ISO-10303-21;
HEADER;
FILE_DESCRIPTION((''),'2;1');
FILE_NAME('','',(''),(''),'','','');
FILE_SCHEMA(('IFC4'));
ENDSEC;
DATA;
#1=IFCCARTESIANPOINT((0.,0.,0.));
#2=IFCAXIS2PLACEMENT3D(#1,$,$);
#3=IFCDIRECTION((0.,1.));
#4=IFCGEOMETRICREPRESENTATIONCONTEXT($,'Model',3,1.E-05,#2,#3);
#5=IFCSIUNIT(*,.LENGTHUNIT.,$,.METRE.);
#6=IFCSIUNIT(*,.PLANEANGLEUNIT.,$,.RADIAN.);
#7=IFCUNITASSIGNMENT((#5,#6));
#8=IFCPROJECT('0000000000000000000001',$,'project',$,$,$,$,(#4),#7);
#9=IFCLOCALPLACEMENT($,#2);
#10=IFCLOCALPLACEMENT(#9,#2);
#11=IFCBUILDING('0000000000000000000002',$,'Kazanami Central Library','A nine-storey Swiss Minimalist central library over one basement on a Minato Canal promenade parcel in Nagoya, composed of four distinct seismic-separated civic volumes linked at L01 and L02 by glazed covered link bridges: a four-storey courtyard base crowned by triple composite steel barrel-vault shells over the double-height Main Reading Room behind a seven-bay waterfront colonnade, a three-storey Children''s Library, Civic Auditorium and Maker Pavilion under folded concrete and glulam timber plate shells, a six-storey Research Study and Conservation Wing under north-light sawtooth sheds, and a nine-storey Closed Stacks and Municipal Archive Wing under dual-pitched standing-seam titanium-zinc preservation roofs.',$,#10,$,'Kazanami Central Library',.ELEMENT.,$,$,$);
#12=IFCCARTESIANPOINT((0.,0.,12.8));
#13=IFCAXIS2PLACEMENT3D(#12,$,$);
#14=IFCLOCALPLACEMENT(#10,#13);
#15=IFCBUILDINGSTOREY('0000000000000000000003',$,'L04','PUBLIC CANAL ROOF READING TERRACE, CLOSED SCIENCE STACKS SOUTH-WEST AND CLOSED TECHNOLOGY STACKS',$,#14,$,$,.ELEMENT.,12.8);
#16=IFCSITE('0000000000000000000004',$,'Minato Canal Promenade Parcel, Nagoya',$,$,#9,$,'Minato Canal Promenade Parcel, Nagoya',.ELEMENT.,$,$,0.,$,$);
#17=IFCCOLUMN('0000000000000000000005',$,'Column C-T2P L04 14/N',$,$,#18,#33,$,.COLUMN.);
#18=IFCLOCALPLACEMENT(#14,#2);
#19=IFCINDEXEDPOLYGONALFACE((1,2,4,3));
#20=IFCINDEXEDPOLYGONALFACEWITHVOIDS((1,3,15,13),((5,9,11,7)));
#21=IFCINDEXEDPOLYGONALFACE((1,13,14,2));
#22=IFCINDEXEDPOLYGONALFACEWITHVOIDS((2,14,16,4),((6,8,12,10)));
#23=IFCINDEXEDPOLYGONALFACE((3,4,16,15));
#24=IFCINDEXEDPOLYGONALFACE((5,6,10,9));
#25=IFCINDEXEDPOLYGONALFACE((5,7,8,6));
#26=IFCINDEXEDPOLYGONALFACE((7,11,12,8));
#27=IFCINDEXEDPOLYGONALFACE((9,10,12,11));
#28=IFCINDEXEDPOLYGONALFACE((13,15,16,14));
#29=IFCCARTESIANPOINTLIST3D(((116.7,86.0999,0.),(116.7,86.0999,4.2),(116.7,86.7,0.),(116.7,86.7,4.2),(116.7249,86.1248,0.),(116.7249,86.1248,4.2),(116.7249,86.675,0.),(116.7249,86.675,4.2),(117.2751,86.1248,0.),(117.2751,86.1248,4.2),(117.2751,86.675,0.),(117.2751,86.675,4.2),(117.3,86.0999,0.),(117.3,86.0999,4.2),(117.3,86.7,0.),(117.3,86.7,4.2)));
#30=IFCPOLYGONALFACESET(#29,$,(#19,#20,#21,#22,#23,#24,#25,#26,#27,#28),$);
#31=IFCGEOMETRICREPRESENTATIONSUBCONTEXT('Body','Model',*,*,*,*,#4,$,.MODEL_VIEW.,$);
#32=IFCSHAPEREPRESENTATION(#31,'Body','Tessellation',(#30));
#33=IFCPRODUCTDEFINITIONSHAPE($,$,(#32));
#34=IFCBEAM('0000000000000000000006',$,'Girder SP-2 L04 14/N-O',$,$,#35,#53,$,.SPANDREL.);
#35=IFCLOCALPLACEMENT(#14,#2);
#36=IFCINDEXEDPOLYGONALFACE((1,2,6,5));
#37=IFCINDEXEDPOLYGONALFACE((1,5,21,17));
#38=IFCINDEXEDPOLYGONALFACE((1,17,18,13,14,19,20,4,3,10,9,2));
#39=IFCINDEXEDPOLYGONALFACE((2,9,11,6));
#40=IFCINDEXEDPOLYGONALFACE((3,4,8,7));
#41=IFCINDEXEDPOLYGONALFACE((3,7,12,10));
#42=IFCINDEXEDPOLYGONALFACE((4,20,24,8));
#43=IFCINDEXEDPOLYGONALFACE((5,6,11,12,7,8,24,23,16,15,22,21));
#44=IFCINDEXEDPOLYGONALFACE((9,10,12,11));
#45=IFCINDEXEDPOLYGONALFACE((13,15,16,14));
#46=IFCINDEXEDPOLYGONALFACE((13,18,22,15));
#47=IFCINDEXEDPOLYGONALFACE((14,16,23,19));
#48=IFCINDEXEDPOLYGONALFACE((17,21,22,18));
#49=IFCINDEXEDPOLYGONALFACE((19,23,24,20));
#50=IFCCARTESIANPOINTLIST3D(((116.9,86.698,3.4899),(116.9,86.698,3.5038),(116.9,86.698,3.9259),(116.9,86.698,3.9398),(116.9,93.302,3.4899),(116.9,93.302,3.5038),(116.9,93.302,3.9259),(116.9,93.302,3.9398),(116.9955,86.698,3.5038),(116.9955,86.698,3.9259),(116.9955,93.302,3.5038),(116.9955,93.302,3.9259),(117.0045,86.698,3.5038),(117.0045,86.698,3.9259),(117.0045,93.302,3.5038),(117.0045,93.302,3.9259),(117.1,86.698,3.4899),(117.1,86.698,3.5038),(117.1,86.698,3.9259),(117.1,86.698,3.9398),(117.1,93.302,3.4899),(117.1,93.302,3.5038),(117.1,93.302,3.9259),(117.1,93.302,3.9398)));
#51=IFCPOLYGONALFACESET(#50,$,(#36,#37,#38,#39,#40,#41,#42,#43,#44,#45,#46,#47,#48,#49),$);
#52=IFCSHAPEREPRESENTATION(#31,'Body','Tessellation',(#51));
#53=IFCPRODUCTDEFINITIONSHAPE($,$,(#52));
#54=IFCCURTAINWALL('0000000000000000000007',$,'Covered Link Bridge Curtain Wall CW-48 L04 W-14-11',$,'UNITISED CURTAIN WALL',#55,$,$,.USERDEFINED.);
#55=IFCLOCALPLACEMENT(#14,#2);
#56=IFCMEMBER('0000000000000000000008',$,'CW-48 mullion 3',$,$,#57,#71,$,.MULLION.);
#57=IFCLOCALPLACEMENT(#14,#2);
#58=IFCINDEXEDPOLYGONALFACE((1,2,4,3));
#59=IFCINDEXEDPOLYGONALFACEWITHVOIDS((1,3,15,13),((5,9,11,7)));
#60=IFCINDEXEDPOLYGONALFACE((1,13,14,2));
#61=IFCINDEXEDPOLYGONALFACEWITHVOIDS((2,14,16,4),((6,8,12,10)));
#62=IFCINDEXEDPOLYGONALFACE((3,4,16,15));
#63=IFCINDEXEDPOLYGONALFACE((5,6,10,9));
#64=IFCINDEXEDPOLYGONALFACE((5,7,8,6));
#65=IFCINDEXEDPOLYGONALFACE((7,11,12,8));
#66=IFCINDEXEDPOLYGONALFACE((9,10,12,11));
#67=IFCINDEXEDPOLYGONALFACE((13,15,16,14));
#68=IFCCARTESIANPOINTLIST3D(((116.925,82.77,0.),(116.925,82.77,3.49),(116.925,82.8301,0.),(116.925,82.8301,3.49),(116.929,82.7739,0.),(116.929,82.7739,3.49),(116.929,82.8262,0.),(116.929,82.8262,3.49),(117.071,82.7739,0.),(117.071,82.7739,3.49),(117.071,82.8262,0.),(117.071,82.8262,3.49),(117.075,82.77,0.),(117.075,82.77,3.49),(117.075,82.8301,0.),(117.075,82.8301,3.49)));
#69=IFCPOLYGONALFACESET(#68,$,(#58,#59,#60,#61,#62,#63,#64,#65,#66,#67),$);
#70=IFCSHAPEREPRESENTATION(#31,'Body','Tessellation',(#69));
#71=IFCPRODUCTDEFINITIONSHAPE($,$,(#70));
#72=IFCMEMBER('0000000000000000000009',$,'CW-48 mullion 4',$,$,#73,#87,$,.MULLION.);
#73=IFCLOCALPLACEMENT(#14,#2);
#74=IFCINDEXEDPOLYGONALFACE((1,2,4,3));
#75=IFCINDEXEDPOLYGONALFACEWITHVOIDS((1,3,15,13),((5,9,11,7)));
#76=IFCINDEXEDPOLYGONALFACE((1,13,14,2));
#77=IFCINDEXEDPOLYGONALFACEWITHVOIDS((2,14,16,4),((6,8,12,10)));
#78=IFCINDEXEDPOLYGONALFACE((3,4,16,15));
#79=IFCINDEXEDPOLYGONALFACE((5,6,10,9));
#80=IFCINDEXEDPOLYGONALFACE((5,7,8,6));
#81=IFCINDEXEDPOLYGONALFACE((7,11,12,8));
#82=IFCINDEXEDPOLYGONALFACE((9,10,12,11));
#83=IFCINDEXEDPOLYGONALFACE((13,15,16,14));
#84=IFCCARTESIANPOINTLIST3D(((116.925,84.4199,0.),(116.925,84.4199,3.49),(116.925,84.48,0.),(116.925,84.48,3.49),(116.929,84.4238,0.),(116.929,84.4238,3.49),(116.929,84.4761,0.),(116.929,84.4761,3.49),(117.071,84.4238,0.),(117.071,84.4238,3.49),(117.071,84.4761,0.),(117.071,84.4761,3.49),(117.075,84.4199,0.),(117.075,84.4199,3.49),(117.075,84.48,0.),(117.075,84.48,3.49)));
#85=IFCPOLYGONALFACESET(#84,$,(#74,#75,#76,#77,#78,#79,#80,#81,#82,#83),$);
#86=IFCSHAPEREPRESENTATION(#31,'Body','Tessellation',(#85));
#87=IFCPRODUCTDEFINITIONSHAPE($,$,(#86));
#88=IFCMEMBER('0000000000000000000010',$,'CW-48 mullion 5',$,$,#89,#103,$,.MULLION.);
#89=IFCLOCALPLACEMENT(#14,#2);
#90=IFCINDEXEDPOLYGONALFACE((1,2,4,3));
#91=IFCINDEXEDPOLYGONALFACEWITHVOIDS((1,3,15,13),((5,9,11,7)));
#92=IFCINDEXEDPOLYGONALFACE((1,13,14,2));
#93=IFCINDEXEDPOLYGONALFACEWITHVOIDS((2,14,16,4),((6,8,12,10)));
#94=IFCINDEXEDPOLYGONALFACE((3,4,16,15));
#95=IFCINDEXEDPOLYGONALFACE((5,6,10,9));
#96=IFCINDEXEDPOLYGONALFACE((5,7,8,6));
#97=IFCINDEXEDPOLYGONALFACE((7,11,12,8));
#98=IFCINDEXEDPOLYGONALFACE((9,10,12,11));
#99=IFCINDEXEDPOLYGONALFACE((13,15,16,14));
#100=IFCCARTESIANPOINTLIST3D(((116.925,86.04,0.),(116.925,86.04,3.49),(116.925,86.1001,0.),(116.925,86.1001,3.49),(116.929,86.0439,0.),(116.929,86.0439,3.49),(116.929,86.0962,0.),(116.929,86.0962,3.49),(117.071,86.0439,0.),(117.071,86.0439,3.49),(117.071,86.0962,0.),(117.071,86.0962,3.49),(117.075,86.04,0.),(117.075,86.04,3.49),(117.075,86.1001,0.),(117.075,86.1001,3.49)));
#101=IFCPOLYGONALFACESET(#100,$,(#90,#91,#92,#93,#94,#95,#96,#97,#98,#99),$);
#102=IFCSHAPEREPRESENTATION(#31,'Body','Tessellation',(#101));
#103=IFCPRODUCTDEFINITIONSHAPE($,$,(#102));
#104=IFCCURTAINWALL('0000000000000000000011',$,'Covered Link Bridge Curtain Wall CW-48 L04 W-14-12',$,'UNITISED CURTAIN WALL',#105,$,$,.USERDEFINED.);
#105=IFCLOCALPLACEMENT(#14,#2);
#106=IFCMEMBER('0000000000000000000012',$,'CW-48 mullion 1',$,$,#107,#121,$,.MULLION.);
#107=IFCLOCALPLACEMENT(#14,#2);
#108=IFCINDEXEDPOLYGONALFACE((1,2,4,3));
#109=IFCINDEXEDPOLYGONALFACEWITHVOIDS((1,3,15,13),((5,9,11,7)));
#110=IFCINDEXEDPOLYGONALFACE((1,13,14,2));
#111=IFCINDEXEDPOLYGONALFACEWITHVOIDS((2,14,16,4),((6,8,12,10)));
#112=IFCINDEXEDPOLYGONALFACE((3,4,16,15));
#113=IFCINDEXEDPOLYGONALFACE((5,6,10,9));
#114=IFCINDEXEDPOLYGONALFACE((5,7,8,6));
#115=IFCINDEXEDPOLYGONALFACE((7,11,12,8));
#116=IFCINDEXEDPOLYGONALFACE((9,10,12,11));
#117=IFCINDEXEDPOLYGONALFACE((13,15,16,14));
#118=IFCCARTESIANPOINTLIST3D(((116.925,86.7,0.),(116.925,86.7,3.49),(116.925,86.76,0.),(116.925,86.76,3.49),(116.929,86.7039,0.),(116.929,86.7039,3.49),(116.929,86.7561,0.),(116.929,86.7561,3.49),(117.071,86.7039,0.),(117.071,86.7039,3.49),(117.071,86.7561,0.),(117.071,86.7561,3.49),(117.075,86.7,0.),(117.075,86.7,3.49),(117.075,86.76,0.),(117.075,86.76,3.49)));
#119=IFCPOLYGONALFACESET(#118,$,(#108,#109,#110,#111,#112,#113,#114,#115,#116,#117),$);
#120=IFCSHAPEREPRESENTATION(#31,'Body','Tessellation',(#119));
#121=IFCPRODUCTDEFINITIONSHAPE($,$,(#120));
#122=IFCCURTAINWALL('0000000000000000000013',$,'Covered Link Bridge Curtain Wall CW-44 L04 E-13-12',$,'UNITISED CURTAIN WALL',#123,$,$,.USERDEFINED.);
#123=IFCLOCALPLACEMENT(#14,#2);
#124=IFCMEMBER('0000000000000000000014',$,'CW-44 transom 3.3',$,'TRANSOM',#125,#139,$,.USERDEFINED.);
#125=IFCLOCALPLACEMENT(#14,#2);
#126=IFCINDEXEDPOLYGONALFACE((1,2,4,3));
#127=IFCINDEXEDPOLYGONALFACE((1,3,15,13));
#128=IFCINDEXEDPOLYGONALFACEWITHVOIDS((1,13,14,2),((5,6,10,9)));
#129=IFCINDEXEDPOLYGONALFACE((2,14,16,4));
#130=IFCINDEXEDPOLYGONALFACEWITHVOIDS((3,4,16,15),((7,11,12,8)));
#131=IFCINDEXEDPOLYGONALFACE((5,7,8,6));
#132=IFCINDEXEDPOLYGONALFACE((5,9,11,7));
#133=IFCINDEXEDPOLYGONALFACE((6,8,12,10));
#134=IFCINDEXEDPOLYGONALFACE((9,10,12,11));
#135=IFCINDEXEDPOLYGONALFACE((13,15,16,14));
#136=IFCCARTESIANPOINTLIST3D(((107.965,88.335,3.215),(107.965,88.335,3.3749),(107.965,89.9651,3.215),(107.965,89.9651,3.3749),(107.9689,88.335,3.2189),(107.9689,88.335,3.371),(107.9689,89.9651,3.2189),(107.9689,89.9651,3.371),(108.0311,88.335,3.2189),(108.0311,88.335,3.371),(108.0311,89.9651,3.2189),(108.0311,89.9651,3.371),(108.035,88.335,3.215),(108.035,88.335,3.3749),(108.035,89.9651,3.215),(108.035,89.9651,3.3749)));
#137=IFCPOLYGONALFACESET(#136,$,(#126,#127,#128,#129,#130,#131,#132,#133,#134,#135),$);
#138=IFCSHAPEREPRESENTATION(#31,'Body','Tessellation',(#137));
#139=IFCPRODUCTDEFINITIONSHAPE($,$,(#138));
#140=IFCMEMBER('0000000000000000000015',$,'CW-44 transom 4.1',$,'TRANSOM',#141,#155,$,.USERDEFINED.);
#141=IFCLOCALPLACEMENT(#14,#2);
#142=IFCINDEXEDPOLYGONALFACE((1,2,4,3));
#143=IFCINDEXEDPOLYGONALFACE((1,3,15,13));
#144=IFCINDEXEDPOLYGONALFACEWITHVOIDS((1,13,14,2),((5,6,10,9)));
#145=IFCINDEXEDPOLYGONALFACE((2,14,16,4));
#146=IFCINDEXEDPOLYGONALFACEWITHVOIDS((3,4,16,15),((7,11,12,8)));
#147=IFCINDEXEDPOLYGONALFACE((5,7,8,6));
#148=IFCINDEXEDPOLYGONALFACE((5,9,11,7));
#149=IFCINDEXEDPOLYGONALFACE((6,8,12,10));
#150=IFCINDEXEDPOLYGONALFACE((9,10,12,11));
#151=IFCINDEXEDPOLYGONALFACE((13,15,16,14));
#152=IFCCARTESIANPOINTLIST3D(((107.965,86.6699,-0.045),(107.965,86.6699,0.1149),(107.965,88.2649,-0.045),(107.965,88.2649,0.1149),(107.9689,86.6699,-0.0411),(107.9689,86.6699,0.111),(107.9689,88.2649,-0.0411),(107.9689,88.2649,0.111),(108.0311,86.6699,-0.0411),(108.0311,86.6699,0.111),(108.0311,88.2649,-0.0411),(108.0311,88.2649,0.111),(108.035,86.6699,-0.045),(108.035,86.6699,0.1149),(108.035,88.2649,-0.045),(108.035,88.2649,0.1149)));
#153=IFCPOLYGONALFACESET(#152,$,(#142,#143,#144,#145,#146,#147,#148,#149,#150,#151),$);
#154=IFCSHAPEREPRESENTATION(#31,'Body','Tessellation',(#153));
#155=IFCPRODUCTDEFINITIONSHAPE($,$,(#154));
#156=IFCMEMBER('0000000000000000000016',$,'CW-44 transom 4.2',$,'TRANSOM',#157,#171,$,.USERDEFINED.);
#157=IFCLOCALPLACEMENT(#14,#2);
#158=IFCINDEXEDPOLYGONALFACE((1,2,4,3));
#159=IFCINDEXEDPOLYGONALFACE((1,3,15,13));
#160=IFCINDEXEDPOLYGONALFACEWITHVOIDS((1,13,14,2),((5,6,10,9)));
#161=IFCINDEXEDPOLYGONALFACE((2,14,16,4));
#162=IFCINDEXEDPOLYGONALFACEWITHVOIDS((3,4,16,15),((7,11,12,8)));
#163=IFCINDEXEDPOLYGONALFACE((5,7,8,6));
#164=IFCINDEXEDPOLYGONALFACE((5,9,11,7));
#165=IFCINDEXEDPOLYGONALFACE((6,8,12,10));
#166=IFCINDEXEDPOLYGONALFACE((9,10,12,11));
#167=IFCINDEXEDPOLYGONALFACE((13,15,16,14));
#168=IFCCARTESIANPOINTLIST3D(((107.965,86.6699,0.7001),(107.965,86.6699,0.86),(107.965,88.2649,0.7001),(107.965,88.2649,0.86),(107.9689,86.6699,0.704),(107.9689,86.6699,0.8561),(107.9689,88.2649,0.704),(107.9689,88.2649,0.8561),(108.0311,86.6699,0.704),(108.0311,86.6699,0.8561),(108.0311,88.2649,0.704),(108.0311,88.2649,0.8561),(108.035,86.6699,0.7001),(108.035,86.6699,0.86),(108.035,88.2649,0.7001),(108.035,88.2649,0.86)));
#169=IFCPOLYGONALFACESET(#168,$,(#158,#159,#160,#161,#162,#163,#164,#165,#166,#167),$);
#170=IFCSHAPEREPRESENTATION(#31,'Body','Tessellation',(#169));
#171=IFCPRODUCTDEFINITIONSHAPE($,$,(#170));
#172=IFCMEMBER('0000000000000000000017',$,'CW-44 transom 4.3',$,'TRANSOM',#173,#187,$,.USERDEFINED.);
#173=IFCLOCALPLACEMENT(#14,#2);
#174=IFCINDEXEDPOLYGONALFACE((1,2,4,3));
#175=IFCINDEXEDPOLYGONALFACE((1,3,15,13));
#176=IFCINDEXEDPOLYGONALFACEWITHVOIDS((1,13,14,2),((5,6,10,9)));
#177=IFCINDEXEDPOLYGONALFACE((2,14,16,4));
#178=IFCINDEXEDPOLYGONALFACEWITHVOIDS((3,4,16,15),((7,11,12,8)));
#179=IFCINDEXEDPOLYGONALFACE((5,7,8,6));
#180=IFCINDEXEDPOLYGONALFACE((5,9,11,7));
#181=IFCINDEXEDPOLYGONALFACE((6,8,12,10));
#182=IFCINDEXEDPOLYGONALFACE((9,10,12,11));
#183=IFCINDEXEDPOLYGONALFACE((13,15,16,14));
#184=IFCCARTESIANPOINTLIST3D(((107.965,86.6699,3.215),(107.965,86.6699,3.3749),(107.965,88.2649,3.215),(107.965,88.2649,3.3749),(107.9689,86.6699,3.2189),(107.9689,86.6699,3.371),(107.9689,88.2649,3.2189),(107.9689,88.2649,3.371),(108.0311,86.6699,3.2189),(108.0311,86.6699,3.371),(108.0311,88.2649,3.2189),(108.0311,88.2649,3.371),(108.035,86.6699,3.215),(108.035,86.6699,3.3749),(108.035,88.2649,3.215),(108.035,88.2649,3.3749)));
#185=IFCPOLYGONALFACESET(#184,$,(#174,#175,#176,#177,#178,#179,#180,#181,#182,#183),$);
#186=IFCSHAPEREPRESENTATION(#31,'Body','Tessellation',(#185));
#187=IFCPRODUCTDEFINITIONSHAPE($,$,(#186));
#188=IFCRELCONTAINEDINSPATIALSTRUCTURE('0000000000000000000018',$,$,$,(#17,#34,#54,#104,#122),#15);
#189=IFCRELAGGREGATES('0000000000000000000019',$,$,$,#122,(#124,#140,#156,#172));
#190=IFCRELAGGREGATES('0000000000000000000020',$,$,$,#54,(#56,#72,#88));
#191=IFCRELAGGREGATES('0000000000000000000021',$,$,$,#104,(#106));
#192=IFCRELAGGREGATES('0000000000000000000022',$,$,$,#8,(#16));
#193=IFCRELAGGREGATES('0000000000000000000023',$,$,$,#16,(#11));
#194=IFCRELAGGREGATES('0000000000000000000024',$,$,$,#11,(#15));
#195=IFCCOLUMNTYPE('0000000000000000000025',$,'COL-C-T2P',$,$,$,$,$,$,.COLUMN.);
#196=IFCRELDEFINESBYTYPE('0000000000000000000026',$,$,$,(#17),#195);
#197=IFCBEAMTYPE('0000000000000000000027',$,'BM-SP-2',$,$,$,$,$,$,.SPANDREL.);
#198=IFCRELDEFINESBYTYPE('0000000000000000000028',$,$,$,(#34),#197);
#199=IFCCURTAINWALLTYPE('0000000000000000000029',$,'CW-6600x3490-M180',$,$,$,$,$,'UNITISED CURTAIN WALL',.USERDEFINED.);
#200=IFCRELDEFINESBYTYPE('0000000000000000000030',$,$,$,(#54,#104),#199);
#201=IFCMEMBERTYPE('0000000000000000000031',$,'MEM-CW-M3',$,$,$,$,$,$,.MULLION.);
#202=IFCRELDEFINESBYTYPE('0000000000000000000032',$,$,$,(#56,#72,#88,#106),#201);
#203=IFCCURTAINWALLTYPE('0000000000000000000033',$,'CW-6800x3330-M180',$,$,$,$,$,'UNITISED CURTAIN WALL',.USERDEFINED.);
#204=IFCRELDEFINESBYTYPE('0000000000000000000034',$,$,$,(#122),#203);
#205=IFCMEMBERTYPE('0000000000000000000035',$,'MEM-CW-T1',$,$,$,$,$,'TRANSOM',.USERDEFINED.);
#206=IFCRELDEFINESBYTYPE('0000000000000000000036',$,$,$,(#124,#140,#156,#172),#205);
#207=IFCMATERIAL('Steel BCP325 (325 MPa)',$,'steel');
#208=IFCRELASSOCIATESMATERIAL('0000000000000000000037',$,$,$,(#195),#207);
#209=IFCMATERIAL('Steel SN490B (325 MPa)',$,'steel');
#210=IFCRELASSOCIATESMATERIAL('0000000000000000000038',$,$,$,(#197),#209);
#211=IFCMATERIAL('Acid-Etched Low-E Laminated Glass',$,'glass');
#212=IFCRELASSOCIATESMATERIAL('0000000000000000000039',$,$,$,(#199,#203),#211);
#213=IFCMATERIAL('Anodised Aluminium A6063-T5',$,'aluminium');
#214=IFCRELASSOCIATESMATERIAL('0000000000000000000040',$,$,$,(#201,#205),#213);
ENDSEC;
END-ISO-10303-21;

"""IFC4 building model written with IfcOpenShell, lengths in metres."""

from ifc_helpers import new_model, si_unit, direction, frame, origin, origin_2d, place, context, subcontext, project, spatial, hollow_rectangle, i_section, extrude, material, material_profile, profile_set, type_object, element, aggregate, save


model = new_model("IFC4")

# Units and contexts
model_context = context("Model", 3, precision=1e-05, world=origin(), true_north=direction((0.0, 1.0)))
body_context = subcontext(model_context, "Body", "Model", "MODEL_VIEW")
ifc_project = project(units=[si_unit("LENGTHUNIT", "METRE"), si_unit("PLANEANGLEUNIT", "RADIAN")], contexts=[model_context])

# Site, building, storey
site_placement = place(None, origin())
site = spatial("IfcSite", under=ifc_project, at=site_placement, Name="Minato Canal Promenade Parcel, Nagoya", LongName="Minato Canal Promenade Parcel, Nagoya", CompositionType="ELEMENT", RefElevation=0.0)
building_placement = place(site_placement, origin())
building = spatial("IfcBuilding", under=site, at=building_placement, Name="Kazanami Central Library", Description="A nine-storey Swiss Minimalist central library over one basement on a Minato Canal promenade parcel in Nagoya, composed of four distinct seismic-separated civic volumes linked at L01 and L02 by glazed covered link bridges: a four-storey courtyard base crowned by triple composite steel barrel-vault shells over the double-height Main Reading Room behind a seven-bay waterfront colonnade, a three-storey Children's Library, Civic Auditorium and Maker Pavilion under folded concrete and glulam timber plate shells, a six-storey Research Study and Conservation Wing under north-light sawtooth sheds, and a nine-storey Closed Stacks and Municipal Archive Wing under dual-pitched standing-seam titanium-zinc preservation roofs.", LongName="Kazanami Central Library", CompositionType="ELEMENT")
storey_placement = place(building_placement, frame((0.0, 0.0, 12.8)))
storey = spatial("IfcBuildingStorey", under=building, at=storey_placement, Name="L04", Description="PUBLIC CANAL ROOF READING TERRACE, CLOSED SCIENCE STACKS SOUTH-WEST AND CLOSED TECHNOLOGY STACKS", CompositionType="ELEMENT", Elevation=12.8)

# Column
ifc_material_1 = material(Name="Steel BCP325 (325 MPa)", Category="steel")
ifc_material_profile_1 = material_profile(ifc_material_1, hollow_rectangle(XDim=0.6001, YDim=0.6001, WallThickness=0.0249, at=origin_2d()), Name="BCP-600x600x25")
ifc_profile_set_1 = profile_set([ifc_material_profile_1], Name="Steel BCP325 (325 MPa)")
column_type = type_object("IfcColumnType", Name="COL-C-T2P", PredefinedType="COLUMN", material=ifc_profile_set_1)
column_placement = place(storey_placement, frame((117.0, 86.3999, 0.0), z_axis=(0.0, 0.0, 1.0), x_axis=(1.0, 0.0, 0.0)))
element("IfcColumn", 1, at=column_placement, inside=storey, type_object=column_type, Name="Column C-T2P L04 14/N", PredefinedType="COLUMN", context=body_context, shape_type="SweptSolid", body=[
    extrude(hollow_rectangle(XDim=0.6001, YDim=0.6001, WallThickness=0.0249, at=origin_2d()), origin(), (0.0, 0.0, 1.0), 4.2),
])

# Beam
ifc_material_2 = material(Name="Steel SN490B (325 MPa)", Category="steel")
ifc_material_profile_2 = material_profile(ifc_material_2, i_section(OverallWidth=0.2, OverallDepth=0.45, WebThickness=0.009, FlangeThickness=0.0139, at=origin_2d()), Name="H-450x200x9x14")
ifc_profile_set_2 = profile_set([ifc_material_profile_2], Name="Steel SN490B (325 MPa)")
beam_type = type_object("IfcBeamType", Name="BM-SP-2", PredefinedType="SPANDREL", material=ifc_profile_set_2)
beam_placement = place(storey_placement, frame((117.0, 86.698, 3.7148), z_axis=(0.0, 1.0, 0.0), x_axis=(-1.0, 0.0, 0.0)))
element("IfcBeam", 2, at=beam_placement, inside=storey, type_object=beam_type, Name="Girder SP-2 L04 14/N-O", PredefinedType="SPANDREL", context=body_context, shape_type="SweptSolid", body=[
    extrude(i_section(OverallWidth=0.2, OverallDepth=0.45, WebThickness=0.009, FlangeThickness=0.0139, at=origin_2d()), origin(), (0.0, 0.0, 1.0), 6.604),
])

# Curtain wall, members
ifc_material_3 = material(Name="Acid-Etched Low-E Laminated Glass", Category="glass")
curtain_wall_type_1 = type_object("IfcCurtainWallType", Name="CW-6600x3490-M180", ElementType="UNITISED CURTAIN WALL", PredefinedType="USERDEFINED", material=ifc_material_3)
curtain_wall_1_placement = place(storey_placement, origin())
curtain_wall_1 = element("IfcCurtainWall", 3, at=curtain_wall_1_placement, inside=storey, type_object=curtain_wall_type_1, Name="Covered Link Bridge Curtain Wall CW-48 L04 W-14-11", ObjectType="UNITISED CURTAIN WALL", PredefinedType="USERDEFINED")
ifc_material_4 = material(Name="Anodised Aluminium A6063-T5", Category="aluminium")
ifc_material_profile_3 = material_profile(ifc_material_4, hollow_rectangle(XDim=0.0601, YDim=0.1499, WallThickness=0.0039, at=origin_2d()), Name="ALU-MULL-60x150x4")
ifc_profile_set_3 = profile_set([ifc_material_profile_3], Name="Anodised Aluminium A6063-T5")
member_type_1 = type_object("IfcMemberType", Name="MEM-CW-M3", PredefinedType="MULLION", material=ifc_profile_set_3)
member_1_placement = place(storey_placement, frame((117.0, 82.8, 0.0), z_axis=(0.0, 0.0, 1.0), x_axis=(0.0, 1.0, 0.0)))
member_1 = element("IfcMember", 4, at=member_1_placement, type_object=member_type_1, Name="CW-48 mullion 3", PredefinedType="MULLION", context=body_context, shape_type="SweptSolid", body=[
    extrude(hollow_rectangle(XDim=0.0601, YDim=0.1499, WallThickness=0.0039, at=origin_2d()), origin(), (0.0, 0.0, 1.0), 3.49),
])
member_2_placement = place(storey_placement, frame((117.0, 84.45, 0.0), z_axis=(0.0, 0.0, 1.0), x_axis=(0.0, 1.0, 0.0)))
member_2 = element("IfcMember", 5, at=member_2_placement, type_object=member_type_1, Name="CW-48 mullion 4", PredefinedType="MULLION", context=body_context, shape_type="SweptSolid", body=[
    extrude(hollow_rectangle(XDim=0.0601, YDim=0.1499, WallThickness=0.0039, at=origin_2d()), origin(), (0.0, 0.0, 1.0), 3.49),
])
member_3_placement = place(storey_placement, frame((117.0, 86.0701, 0.0), z_axis=(0.0, 0.0, 1.0), x_axis=(0.0, 1.0, 0.0)))
member_3 = element("IfcMember", 6, at=member_3_placement, type_object=member_type_1, Name="CW-48 mullion 5", PredefinedType="MULLION", context=body_context, shape_type="SweptSolid", body=[
    extrude(hollow_rectangle(XDim=0.0601, YDim=0.1499, WallThickness=0.0039, at=origin_2d()), origin(), (0.0, 0.0, 1.0), 3.49),
])

# Curtain wall, member
curtain_wall_2_placement = place(storey_placement, origin())
curtain_wall_2 = element("IfcCurtainWall", 7, at=curtain_wall_2_placement, inside=storey, type_object=curtain_wall_type_1, Name="Covered Link Bridge Curtain Wall CW-48 L04 W-14-12", ObjectType="UNITISED CURTAIN WALL", PredefinedType="USERDEFINED")
member_4_placement = place(storey_placement, frame((117.0, 86.73, 0.0), z_axis=(0.0, 0.0, 1.0), x_axis=(0.0, 1.0, 0.0)))
member_4 = element("IfcMember", 8, at=member_4_placement, type_object=member_type_1, Name="CW-48 mullion 1", PredefinedType="MULLION", context=body_context, shape_type="SweptSolid", body=[
    extrude(hollow_rectangle(XDim=0.0601, YDim=0.1499, WallThickness=0.0039, at=origin_2d()), origin(), (0.0, 0.0, 1.0), 3.49),
])

# Curtain wall, members
curtain_wall_type_2 = type_object("IfcCurtainWallType", Name="CW-6800x3330-M180", ElementType="UNITISED CURTAIN WALL", PredefinedType="USERDEFINED", material=ifc_material_3)
curtain_wall_3_placement = place(storey_placement, origin())
curtain_wall_3 = element("IfcCurtainWall", 9, at=curtain_wall_3_placement, inside=storey, type_object=curtain_wall_type_2, Name="Covered Link Bridge Curtain Wall CW-44 L04 E-13-12", ObjectType="UNITISED CURTAIN WALL", PredefinedType="USERDEFINED")
ifc_material_profile_4 = material_profile(ifc_material_4, hollow_rectangle(XDim=0.0701, YDim=0.1599, WallThickness=0.0039, at=origin_2d()), Name="ALU-TRAN-70x160x4")
ifc_profile_set_4 = profile_set([ifc_material_profile_4], Name="Anodised Aluminium A6063-T5")
member_type_2 = type_object("IfcMemberType", Name="MEM-CW-T1", ElementType="TRANSOM", PredefinedType="USERDEFINED", material=ifc_profile_set_4)
member_5_placement = place(storey_placement, frame((108.0, 89.9651, 3.2949), z_axis=(0.0, -1.0, 0.0), x_axis=(1.0, 0.0, 0.0)))
member_5 = element("IfcMember", 10, at=member_5_placement, type_object=member_type_2, Name="CW-44 transom 3.3", ObjectType="TRANSOM", PredefinedType="USERDEFINED", context=body_context, shape_type="SweptSolid", body=[
    extrude(hollow_rectangle(XDim=0.0701, YDim=0.1599, WallThickness=0.0039, at=origin_2d()), origin(), (0.0, 0.0, 1.0), 1.6301),
])
member_6_placement = place(storey_placement, frame((108.0, 88.2649, 0.0349), z_axis=(0.0, -1.0, 0.0), x_axis=(1.0, 0.0, 0.0)))
member_6 = element("IfcMember", 11, at=member_6_placement, type_object=member_type_2, Name="CW-44 transom 4.1", ObjectType="TRANSOM", PredefinedType="USERDEFINED", context=body_context, shape_type="SweptSolid", body=[
    extrude(hollow_rectangle(XDim=0.0701, YDim=0.1599, WallThickness=0.0039, at=origin_2d()), origin(), (0.0, 0.0, 1.0), 1.595),
])
member_7_placement = place(storey_placement, frame((108.0, 88.2649, 0.78), z_axis=(0.0, -1.0, 0.0), x_axis=(1.0, 0.0, 0.0)))
member_7 = element("IfcMember", 12, at=member_7_placement, type_object=member_type_2, Name="CW-44 transom 4.2", ObjectType="TRANSOM", PredefinedType="USERDEFINED", context=body_context, shape_type="SweptSolid", body=[
    extrude(hollow_rectangle(XDim=0.0701, YDim=0.1599, WallThickness=0.0039, at=origin_2d()), origin(), (0.0, 0.0, 1.0), 1.595),
])
member_8_placement = place(storey_placement, frame((108.0, 88.2649, 3.2949), z_axis=(0.0, -1.0, 0.0), x_axis=(1.0, 0.0, 0.0)))
member_8 = element("IfcMember", 13, at=member_8_placement, type_object=member_type_2, Name="CW-44 transom 4.3", ObjectType="TRANSOM", PredefinedType="USERDEFINED", context=body_context, shape_type="SweptSolid", body=[
    extrude(hollow_rectangle(XDim=0.0701, YDim=0.1599, WallThickness=0.0039, at=origin_2d()), origin(), (0.0, 0.0, 1.0), 1.595),
])

aggregate(curtain_wall_3, [member_5, member_6, member_7, member_8])
aggregate(curtain_wall_1, [member_1, member_2, member_3])
aggregate(curtain_wall_2, [member_4])

save(model, "model.ifc")
